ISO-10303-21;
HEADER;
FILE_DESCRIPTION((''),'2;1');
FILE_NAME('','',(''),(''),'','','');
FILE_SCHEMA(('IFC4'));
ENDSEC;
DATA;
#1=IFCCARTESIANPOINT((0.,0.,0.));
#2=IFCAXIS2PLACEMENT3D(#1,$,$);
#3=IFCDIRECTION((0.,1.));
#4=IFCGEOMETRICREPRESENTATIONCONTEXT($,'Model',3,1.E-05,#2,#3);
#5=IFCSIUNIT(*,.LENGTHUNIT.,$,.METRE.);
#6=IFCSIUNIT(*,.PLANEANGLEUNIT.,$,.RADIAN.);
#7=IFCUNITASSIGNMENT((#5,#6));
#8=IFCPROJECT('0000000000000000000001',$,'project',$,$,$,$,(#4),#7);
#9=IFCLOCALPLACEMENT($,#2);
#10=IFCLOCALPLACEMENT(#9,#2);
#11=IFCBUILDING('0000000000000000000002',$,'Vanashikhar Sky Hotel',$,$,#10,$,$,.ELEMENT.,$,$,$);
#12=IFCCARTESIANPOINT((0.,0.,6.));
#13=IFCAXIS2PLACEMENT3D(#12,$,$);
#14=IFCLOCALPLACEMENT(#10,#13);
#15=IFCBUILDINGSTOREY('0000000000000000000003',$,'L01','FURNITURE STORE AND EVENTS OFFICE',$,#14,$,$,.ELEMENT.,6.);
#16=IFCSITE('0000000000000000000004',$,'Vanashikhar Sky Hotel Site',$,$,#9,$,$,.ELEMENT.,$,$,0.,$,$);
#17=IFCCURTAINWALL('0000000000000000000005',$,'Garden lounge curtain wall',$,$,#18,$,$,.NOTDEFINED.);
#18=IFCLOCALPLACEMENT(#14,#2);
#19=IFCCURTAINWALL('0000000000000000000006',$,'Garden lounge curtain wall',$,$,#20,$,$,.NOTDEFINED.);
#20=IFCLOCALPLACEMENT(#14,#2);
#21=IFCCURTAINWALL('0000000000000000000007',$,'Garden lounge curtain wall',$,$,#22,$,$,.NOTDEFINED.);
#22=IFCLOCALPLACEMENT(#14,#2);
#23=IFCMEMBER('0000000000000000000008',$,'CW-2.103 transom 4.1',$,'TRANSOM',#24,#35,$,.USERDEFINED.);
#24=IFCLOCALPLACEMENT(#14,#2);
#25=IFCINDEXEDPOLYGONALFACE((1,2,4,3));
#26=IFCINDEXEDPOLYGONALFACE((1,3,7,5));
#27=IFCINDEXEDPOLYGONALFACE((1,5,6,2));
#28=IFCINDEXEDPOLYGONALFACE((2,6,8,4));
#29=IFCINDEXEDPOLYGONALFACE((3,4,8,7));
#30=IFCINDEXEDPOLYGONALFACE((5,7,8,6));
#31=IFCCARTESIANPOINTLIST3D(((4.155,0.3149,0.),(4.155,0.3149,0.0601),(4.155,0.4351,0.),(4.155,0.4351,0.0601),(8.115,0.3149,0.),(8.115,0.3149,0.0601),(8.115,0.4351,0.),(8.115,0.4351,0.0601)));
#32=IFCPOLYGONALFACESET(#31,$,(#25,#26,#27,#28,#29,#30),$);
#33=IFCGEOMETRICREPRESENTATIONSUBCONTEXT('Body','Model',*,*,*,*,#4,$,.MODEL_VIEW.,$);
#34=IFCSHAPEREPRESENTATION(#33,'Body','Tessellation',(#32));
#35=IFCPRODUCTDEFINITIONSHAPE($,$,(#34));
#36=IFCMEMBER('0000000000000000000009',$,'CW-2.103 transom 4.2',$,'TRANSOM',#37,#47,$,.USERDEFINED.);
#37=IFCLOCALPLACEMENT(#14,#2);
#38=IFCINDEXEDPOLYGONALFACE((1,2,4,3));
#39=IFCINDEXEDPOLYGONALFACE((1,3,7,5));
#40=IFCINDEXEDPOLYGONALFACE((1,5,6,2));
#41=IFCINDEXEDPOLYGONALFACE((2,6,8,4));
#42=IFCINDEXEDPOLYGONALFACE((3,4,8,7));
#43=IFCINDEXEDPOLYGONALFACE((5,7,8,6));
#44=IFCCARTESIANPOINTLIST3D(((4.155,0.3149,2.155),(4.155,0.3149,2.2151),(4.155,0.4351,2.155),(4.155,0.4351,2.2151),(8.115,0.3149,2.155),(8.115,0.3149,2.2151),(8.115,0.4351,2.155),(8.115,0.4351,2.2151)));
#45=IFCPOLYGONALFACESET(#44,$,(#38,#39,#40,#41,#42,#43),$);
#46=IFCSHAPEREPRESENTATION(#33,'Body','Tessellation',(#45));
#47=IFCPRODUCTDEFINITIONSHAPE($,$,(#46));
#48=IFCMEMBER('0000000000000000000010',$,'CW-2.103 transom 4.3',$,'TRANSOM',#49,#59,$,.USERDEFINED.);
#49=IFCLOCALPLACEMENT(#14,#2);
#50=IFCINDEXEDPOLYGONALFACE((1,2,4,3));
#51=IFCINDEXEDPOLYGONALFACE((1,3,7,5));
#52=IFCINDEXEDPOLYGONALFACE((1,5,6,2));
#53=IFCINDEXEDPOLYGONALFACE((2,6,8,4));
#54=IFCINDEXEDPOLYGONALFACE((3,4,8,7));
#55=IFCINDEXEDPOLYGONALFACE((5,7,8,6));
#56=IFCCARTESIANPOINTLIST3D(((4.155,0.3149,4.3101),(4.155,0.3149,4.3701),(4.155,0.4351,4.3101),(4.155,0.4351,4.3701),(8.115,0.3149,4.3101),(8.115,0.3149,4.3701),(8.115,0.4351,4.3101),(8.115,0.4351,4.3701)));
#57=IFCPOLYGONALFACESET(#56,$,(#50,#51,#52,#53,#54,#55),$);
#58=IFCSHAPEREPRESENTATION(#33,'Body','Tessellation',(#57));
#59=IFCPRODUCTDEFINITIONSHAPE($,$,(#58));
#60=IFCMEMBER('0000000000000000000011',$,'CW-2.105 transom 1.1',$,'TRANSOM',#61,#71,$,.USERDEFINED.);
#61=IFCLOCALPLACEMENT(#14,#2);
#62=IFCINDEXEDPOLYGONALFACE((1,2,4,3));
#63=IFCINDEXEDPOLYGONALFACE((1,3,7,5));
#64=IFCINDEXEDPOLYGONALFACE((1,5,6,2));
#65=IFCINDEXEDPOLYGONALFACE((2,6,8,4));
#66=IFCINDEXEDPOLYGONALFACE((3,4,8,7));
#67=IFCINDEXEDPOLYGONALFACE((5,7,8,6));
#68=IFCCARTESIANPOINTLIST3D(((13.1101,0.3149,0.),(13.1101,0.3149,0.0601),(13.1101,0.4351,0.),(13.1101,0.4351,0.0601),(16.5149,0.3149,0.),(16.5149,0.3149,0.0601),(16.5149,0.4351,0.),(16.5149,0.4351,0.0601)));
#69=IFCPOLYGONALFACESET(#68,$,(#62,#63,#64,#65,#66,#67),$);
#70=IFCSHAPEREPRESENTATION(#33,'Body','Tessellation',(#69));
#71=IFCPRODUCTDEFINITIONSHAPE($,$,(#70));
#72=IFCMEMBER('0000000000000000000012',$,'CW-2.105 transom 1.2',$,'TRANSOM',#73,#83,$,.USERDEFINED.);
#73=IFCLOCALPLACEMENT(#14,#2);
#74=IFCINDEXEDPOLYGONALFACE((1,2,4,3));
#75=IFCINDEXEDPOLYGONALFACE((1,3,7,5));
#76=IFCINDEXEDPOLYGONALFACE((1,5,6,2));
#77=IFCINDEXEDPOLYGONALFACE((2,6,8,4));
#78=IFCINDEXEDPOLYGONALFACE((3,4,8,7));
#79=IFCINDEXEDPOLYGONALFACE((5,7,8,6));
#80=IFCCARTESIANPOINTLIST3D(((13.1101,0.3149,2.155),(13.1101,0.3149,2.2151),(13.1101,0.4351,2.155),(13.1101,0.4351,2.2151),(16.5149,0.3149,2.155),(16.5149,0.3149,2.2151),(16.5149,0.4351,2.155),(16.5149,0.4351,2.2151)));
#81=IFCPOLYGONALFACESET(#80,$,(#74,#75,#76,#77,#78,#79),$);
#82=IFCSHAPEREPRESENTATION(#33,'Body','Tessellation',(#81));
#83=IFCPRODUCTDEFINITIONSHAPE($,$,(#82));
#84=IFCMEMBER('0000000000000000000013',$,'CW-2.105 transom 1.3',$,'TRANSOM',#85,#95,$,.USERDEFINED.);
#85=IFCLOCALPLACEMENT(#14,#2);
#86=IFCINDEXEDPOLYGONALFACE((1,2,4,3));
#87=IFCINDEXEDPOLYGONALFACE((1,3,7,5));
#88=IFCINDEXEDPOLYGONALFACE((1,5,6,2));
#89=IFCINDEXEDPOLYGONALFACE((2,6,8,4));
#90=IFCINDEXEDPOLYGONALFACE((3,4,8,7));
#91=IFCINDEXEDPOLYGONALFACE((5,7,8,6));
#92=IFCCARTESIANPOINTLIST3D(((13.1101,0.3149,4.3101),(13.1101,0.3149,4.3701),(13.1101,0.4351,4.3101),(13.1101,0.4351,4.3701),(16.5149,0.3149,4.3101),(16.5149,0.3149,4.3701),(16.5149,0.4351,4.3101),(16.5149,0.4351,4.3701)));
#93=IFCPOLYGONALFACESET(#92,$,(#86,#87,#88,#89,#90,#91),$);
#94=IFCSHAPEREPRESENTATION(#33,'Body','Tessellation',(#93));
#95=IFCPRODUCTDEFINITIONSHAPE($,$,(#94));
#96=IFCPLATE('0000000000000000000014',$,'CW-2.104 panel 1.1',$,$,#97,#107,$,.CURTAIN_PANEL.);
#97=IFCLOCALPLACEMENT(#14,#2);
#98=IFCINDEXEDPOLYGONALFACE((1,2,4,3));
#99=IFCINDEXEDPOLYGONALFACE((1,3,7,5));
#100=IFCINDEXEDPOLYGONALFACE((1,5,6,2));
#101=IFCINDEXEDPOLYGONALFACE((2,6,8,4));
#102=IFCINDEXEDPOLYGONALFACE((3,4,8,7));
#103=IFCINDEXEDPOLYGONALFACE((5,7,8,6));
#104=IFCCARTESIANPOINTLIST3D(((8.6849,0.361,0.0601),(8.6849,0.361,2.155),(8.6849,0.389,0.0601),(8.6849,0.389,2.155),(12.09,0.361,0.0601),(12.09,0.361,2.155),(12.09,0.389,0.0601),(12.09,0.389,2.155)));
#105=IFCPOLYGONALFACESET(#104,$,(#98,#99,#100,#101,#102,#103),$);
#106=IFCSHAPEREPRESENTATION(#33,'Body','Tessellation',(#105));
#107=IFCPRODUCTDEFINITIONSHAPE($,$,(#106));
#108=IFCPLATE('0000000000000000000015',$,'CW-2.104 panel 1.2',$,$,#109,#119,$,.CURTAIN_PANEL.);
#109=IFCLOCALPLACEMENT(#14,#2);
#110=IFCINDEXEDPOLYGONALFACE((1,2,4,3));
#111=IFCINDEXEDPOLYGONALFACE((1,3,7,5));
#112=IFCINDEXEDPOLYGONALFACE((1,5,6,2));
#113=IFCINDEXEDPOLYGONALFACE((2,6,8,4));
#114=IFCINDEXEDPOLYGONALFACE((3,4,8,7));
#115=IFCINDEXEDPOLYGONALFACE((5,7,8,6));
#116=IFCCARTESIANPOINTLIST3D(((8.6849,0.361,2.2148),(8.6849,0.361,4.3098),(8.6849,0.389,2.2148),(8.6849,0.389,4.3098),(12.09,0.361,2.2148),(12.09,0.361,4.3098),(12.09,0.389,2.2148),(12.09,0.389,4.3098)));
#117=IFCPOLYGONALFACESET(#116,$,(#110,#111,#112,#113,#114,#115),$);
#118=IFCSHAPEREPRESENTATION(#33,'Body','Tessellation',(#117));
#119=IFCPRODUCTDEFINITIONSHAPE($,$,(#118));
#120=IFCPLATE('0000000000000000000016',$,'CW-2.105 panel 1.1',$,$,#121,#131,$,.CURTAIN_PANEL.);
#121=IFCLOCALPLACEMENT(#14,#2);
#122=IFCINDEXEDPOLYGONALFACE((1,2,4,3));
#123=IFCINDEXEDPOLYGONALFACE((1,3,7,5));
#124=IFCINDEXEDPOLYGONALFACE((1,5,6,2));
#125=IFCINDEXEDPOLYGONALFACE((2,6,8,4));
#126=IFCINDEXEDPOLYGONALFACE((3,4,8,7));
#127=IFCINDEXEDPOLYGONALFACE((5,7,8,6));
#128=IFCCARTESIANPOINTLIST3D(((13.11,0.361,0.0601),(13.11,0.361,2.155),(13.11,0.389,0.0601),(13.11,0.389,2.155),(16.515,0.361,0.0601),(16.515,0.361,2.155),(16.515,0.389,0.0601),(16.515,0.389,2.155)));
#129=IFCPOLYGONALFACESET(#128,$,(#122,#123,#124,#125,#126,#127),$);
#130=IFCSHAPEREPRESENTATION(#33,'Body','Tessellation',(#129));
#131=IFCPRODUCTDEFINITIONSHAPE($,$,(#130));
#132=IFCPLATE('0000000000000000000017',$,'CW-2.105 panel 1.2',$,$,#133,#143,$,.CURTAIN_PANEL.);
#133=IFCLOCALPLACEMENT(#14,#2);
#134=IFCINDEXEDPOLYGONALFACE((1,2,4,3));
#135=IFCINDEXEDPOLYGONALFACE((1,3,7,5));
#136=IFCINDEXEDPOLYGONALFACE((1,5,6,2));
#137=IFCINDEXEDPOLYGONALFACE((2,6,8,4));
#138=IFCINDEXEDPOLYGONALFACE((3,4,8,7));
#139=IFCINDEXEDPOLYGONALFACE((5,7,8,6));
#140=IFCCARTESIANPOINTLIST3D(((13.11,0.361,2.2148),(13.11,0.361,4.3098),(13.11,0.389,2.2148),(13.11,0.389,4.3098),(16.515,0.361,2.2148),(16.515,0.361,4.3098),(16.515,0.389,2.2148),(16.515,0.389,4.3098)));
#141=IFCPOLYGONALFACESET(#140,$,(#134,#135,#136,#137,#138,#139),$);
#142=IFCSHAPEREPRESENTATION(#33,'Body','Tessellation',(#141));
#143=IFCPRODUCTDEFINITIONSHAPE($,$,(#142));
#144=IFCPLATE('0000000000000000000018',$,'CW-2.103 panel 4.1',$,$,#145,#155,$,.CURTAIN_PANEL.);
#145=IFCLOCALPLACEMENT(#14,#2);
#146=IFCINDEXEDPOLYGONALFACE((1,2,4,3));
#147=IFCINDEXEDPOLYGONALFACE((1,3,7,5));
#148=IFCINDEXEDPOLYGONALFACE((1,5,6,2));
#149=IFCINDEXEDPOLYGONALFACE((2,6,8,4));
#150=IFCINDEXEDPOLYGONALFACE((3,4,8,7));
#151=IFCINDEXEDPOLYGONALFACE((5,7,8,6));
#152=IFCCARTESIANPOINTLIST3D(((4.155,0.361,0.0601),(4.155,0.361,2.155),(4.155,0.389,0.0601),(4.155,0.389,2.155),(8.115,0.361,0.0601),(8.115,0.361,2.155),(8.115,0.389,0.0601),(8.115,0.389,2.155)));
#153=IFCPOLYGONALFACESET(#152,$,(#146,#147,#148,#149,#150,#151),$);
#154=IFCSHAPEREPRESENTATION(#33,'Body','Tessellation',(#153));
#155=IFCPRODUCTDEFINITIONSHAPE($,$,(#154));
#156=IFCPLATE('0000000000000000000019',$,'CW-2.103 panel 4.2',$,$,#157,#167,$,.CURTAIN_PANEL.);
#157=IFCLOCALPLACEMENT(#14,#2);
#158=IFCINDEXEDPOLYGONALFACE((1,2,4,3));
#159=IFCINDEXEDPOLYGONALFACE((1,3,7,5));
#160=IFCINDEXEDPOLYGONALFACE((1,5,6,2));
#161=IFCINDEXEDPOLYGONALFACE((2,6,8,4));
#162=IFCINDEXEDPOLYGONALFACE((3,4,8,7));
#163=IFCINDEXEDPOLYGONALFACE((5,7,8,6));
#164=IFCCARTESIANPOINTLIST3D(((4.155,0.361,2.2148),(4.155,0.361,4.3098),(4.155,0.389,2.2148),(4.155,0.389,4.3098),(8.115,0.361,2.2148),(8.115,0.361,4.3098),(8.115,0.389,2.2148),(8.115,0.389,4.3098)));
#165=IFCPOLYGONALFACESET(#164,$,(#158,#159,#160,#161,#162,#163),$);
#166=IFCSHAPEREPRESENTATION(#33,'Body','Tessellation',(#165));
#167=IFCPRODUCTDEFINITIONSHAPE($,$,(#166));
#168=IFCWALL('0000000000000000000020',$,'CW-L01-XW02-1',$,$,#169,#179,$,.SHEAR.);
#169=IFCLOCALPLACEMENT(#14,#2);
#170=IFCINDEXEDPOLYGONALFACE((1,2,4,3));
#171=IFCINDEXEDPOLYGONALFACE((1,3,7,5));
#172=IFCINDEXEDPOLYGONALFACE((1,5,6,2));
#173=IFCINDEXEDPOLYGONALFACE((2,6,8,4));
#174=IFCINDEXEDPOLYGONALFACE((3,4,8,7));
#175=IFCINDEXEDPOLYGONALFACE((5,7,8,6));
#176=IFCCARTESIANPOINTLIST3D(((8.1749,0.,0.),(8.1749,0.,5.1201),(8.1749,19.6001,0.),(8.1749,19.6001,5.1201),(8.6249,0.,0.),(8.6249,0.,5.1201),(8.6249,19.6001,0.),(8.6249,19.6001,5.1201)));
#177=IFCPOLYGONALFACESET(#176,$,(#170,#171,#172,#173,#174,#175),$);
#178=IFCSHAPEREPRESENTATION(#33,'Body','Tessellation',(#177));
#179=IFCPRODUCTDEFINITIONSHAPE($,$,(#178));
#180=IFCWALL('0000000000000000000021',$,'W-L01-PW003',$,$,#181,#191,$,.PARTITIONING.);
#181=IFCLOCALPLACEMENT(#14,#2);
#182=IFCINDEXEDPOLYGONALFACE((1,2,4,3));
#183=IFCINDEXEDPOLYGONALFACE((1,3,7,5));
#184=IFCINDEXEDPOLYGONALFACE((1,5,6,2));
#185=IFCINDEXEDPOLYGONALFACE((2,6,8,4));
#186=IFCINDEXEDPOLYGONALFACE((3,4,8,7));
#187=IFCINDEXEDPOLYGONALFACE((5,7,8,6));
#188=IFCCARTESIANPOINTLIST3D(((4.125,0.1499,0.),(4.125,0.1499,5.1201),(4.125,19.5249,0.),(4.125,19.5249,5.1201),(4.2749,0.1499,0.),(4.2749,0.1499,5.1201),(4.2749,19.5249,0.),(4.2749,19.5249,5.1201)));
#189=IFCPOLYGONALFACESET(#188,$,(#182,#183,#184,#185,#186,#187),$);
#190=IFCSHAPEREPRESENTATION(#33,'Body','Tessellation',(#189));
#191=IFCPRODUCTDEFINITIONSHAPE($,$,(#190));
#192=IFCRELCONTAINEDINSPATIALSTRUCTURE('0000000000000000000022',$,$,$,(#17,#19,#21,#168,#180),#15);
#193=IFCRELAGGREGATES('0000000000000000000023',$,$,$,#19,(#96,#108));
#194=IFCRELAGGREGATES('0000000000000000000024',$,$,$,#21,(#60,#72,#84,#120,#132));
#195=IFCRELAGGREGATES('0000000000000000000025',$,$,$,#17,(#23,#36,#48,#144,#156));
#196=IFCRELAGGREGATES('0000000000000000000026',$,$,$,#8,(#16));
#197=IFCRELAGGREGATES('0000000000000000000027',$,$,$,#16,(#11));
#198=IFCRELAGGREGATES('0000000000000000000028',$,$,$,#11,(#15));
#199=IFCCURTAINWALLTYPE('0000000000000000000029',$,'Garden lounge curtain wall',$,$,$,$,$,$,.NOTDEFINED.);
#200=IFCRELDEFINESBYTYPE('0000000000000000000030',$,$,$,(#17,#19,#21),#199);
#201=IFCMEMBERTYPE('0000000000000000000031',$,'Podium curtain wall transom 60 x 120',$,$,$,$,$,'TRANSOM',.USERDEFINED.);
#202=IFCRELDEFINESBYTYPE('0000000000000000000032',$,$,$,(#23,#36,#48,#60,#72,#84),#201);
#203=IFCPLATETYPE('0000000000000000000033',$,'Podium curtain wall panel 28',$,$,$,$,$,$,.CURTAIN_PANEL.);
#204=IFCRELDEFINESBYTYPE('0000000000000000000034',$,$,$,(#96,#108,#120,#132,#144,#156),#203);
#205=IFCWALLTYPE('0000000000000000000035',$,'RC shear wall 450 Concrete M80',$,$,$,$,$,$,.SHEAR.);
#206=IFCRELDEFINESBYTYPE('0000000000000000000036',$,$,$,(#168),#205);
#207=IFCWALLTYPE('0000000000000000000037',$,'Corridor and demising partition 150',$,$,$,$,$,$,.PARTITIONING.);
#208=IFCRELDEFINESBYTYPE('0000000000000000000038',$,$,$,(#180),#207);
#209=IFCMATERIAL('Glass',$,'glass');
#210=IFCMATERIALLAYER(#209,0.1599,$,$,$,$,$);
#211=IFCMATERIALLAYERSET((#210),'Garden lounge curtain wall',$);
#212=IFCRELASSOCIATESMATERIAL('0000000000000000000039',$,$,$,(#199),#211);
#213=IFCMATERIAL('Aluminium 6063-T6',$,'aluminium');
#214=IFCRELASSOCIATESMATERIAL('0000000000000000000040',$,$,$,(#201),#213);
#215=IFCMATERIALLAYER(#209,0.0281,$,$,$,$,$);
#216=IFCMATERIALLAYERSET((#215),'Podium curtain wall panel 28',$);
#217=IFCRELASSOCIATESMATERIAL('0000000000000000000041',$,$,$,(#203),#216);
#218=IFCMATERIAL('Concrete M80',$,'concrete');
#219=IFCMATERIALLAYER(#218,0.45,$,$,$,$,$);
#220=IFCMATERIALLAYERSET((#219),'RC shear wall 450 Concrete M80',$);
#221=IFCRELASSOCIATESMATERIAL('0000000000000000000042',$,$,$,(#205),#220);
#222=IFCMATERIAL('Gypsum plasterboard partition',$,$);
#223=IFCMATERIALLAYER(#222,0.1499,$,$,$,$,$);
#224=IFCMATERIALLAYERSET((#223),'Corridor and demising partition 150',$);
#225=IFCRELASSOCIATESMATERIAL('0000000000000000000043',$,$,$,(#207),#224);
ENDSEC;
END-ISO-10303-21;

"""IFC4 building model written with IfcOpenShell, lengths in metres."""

from ifc_helpers import new_model, si_unit, direction, frame, frame_2d, origin, origin_2d, place, context, subcontext, project, spatial, rectangle, extrude, source, transform, mapped, material, layer, layer_set, material_profile, profile_set, type_object, element, aggregate, save


model = new_model("IFC4")

# Units and contexts
model_context = context("Model", 3, precision=1e-05, world=origin(), true_north=direction((0.0, 1.0)))
body_context = subcontext(model_context, "Body", "Model", "MODEL_VIEW")
ifc_project = project(units=[si_unit("LENGTHUNIT", "METRE"), si_unit("PLANEANGLEUNIT", "RADIAN")], contexts=[model_context])

# Site, building, storey
site_placement = place(None, origin())
site = spatial("IfcSite", under=ifc_project, at=site_placement, Name="Vanashikhar Sky Hotel Site", CompositionType="ELEMENT", RefElevation=0.0)
building_placement = place(site_placement, origin())
building = spatial("IfcBuilding", under=site, at=building_placement, Name="Vanashikhar Sky Hotel", CompositionType="ELEMENT")
storey_placement = place(building_placement, frame((0.0, 0.0, 6.0)))
storey = spatial("IfcBuildingStorey", under=building, at=storey_placement, Name="L01", Description="FURNITURE STORE AND EVENTS OFFICE", CompositionType="ELEMENT", Elevation=6.0)

# Curtain walls
ifc_material_1 = material(Name="Glass", Category="glass")
ifc_layer_1 = layer(ifc_material_1, 0.1599)
ifc_layer_set_1 = layer_set([ifc_layer_1], Name="Garden lounge curtain wall")
curtain_wall_type = type_object("IfcCurtainWallType", Name="Garden lounge curtain wall", PredefinedType="NOTDEFINED", material=ifc_layer_set_1)
curtain_wall_1_placement = place(storey_placement, origin())
curtain_wall_1 = element("IfcCurtainWall", 1, at=curtain_wall_1_placement, inside=storey, type_object=curtain_wall_type, Name="Garden lounge curtain wall", PredefinedType="NOTDEFINED")
ifc_material_2 = material(Name="Aluminium 6063-T6", Category="aluminium")
curtain_wall_2_placement = place(storey_placement, origin())
curtain_wall_2 = element("IfcCurtainWall", 2, at=curtain_wall_2_placement, inside=storey, type_object=curtain_wall_type, Name="Garden lounge curtain wall", PredefinedType="NOTDEFINED")

# Curtain wall
curtain_wall_3_placement = place(storey_placement, origin())
curtain_wall_3 = element("IfcCurtainWall", 3, at=curtain_wall_3_placement, inside=storey, type_object=curtain_wall_type, Name="Garden lounge curtain wall", PredefinedType="NOTDEFINED")

# Members
ifc_material_profile_1 = material_profile(ifc_material_2, rectangle(XDim=0.1201, YDim=0.0601, at=origin_2d()))
ifc_profile_set_1 = profile_set([ifc_material_profile_1], Name="Aluminium 6063-T6")
member_type_1 = type_object("IfcMemberType", Name="Podium curtain wall transom 60 x 120", ElementType="TRANSOM", PredefinedType="USERDEFINED", material=ifc_profile_set_1)
shared_shape_1 = source(origin(), body_context, "Body", "SweptSolid", [
    extrude(rectangle(XDim=0.1201, YDim=0.0601, at=origin_2d()), origin(), (0.0, 0.0, 1.0), 3.96),
])
member_1_placement = place(storey_placement, frame((4.155, 0.375, 0.03), z_axis=(1.0, 0.0, 0.0), x_axis=(0.0, 1.0, 0.0)))
member_1 = element("IfcMember", 4, at=member_1_placement, type_object=member_type_1, Name="CW-2.103 transom 4.1", ObjectType="TRANSOM", PredefinedType="USERDEFINED", context=body_context, shape_type="MappedRepresentation", body=[
    mapped(shared_shape_1, transform((0.0, 0.0, 0.0), scale=1.0)),
])
member_2_placement = place(storey_placement, frame((4.155, 0.375, 2.1851), z_axis=(1.0, 0.0, 0.0), x_axis=(0.0, 1.0, 0.0)))
member_2 = element("IfcMember", 5, at=member_2_placement, type_object=member_type_1, Name="CW-2.103 transom 4.2", ObjectType="TRANSOM", PredefinedType="USERDEFINED", context=body_context, shape_type="MappedRepresentation", body=[
    mapped(shared_shape_1, transform((0.0, 0.0, 0.0), scale=1.0)),
])
member_3_placement = place(storey_placement, frame((4.155, 0.375, 4.3401), z_axis=(1.0, 0.0, 0.0), x_axis=(0.0, 1.0, 0.0)))
member_3 = element("IfcMember", 6, at=member_3_placement, type_object=member_type_1, Name="CW-2.103 transom 4.3", ObjectType="TRANSOM", PredefinedType="USERDEFINED", context=body_context, shape_type="MappedRepresentation", body=[
    mapped(shared_shape_1, transform((0.0, 0.0, 0.0), scale=1.0)),
])
shared_shape_2 = source(origin(), body_context, "Body", "SweptSolid", [
    extrude(rectangle(XDim=0.1201, YDim=0.0601, at=origin_2d()), origin(), (0.0, 0.0, 1.0), 3.4048),
])
member_4_placement = place(storey_placement, frame((13.1101, 0.375, 0.03), z_axis=(1.0, 0.0, 0.0), x_axis=(0.0, 1.0, 0.0)))
member_4 = element("IfcMember", 7, at=member_4_placement, type_object=member_type_1, Name="CW-2.105 transom 1.1", ObjectType="TRANSOM", PredefinedType="USERDEFINED", context=body_context, shape_type="MappedRepresentation", body=[
    mapped(shared_shape_2, transform((0.0, 0.0, 0.0), scale=1.0)),
])
member_5_placement = place(storey_placement, frame((13.1101, 0.375, 2.1851), z_axis=(1.0, 0.0, 0.0), x_axis=(0.0, 1.0, 0.0)))
member_5 = element("IfcMember", 8, at=member_5_placement, type_object=member_type_1, Name="CW-2.105 transom 1.2", ObjectType="TRANSOM", PredefinedType="USERDEFINED", context=body_context, shape_type="MappedRepresentation", body=[
    mapped(shared_shape_2, transform((0.0, 0.0, 0.0), scale=1.0)),
])
member_6_placement = place(storey_placement, frame((13.1101, 0.375, 4.3401), z_axis=(1.0, 0.0, 0.0), x_axis=(0.0, 1.0, 0.0)))
member_6 = element("IfcMember", 9, at=member_6_placement, type_object=member_type_1, Name="CW-2.105 transom 1.3", ObjectType="TRANSOM", PredefinedType="USERDEFINED", context=body_context, shape_type="MappedRepresentation", body=[
    mapped(shared_shape_2, transform((0.0, 0.0, 0.0), scale=1.0)),
])

# Plates
ifc_layer_2 = layer(ifc_material_1, 0.0281)
ifc_layer_set_2 = layer_set([ifc_layer_2], Name="Podium curtain wall panel 28")
plate_type = type_object("IfcPlateType", Name="Podium curtain wall panel 28", PredefinedType="CURTAIN_PANEL", material=ifc_layer_set_2)
shared_shape_3 = source(origin(), body_context, "Body", "SweptSolid", [
    extrude(rectangle(XDim=3.405, YDim=0.0281, at=origin_2d()), origin(), (0.0, 0.0, 1.0), 2.095),
])
plate_1_placement = place(storey_placement, frame((10.3875, 0.375, 0.0601), z_axis=(0.0, 0.0, 1.0), x_axis=(1.0, 0.0, 0.0)))
plate_1 = element("IfcPlate", 10, at=plate_1_placement, type_object=plate_type, Name="CW-2.104 panel 1.1", PredefinedType="CURTAIN_PANEL", context=body_context, shape_type="MappedRepresentation", body=[
    mapped(shared_shape_3, transform((0.0, 0.0, 0.0), scale=1.0)),
])
plate_2_placement = place(storey_placement, frame((10.3875, 0.375, 2.2148), z_axis=(0.0, 0.0, 1.0), x_axis=(1.0, 0.0, 0.0)))
plate_2 = element("IfcPlate", 11, at=plate_2_placement, type_object=plate_type, Name="CW-2.104 panel 1.2", PredefinedType="CURTAIN_PANEL", context=body_context, shape_type="MappedRepresentation", body=[
    mapped(shared_shape_3, transform((0.0, 0.0, 0.0), scale=1.0)),
])
aggregate(curtain_wall_2, [plate_1, plate_2])
plate_3_placement = place(storey_placement, frame((14.8125, 0.375, 0.0601), z_axis=(0.0, 0.0, 1.0), x_axis=(1.0, 0.0, 0.0)))
plate_3 = element("IfcPlate", 12, at=plate_3_placement, type_object=plate_type, Name="CW-2.105 panel 1.1", PredefinedType="CURTAIN_PANEL", context=body_context, shape_type="MappedRepresentation", body=[
    mapped(shared_shape_3, transform((0.0, 0.0, 0.0), scale=1.0)),
])
plate_4_placement = place(storey_placement, frame((14.8125, 0.375, 2.2148), z_axis=(0.0, 0.0, 1.0), x_axis=(1.0, 0.0, 0.0)))
plate_4 = element("IfcPlate", 13, at=plate_4_placement, type_object=plate_type, Name="CW-2.105 panel 1.2", PredefinedType="CURTAIN_PANEL", context=body_context, shape_type="MappedRepresentation", body=[
    mapped(shared_shape_3, transform((0.0, 0.0, 0.0), scale=1.0)),
])
aggregate(curtain_wall_3, [member_4, member_5, member_6, plate_3, plate_4])
shared_shape_4 = source(origin(), body_context, "Body", "SweptSolid", [
    extrude(rectangle(XDim=3.96, YDim=0.0281, at=origin_2d()), origin(), (0.0, 0.0, 1.0), 2.095),
])
plate_5_placement = place(storey_placement, frame((6.135, 0.375, 0.0601), z_axis=(0.0, 0.0, 1.0), x_axis=(1.0, 0.0, 0.0)))
plate_5 = element("IfcPlate", 14, at=plate_5_placement, type_object=plate_type, Name="CW-2.103 panel 4.1", PredefinedType="CURTAIN_PANEL", context=body_context, shape_type="MappedRepresentation", body=[
    mapped(shared_shape_4, transform((0.0, 0.0, 0.0), scale=1.0)),
])
plate_6_placement = place(storey_placement, frame((6.135, 0.375, 2.2148), z_axis=(0.0, 0.0, 1.0), x_axis=(1.0, 0.0, 0.0)))
plate_6 = element("IfcPlate", 15, at=plate_6_placement, type_object=plate_type, Name="CW-2.103 panel 4.2", PredefinedType="CURTAIN_PANEL", context=body_context, shape_type="MappedRepresentation", body=[
    mapped(shared_shape_4, transform((0.0, 0.0, 0.0), scale=1.0)),
])
aggregate(curtain_wall_1, [member_1, member_2, member_3, plate_5, plate_6])

# Walls
ifc_material_3 = material(Name="Concrete M80", Category="concrete")
ifc_layer_3 = layer(ifc_material_3, 0.45)
ifc_layer_set_3 = layer_set([ifc_layer_3], Name="RC shear wall 450 Concrete M80")
wall_type_1 = type_object("IfcWallType", Name="RC shear wall 450 Concrete M80", PredefinedType="SHEAR", material=ifc_layer_set_3)
shared_shape_5 = source(origin(), body_context, "Body", "SweptSolid", [
    extrude(rectangle(XDim=19.6001, YDim=0.45, at=frame_2d((9.8, 0.0))), origin(), (0.0, 0.0, 1.0), 5.1201),
])
wall_1_placement = place(storey_placement, frame((8.3999, 0.0, 0.0), z_axis=(0.0, 0.0, 1.0), x_axis=(0.0, 1.0, 0.0)))
element("IfcWall", 16, at=wall_1_placement, inside=storey, type_object=wall_type_1, Name="CW-L01-XW02-1", PredefinedType="SHEAR", context=body_context, shape_type="MappedRepresentation", body=[
    mapped(shared_shape_5, transform((0.0, 0.0, 0.0), scale=1.0)),
])
ifc_material_4 = material(Name="Gypsum plasterboard partition")
ifc_layer_4 = layer(ifc_material_4, 0.1499)
ifc_layer_set_4 = layer_set([ifc_layer_4], Name="Corridor and demising partition 150")
wall_type_2 = type_object("IfcWallType", Name="Corridor and demising partition 150", PredefinedType="PARTITIONING", material=ifc_layer_set_4)
shared_shape_6 = source(origin(), body_context, "Body", "SweptSolid", [
    extrude(rectangle(XDim=19.375, YDim=0.1499, at=frame_2d((9.6875, 0.0))), origin(), (0.0, 0.0, 1.0), 5.1201),
])
wall_2_placement = place(storey_placement, frame((4.2, 0.1499, 0.0), z_axis=(0.0, 0.0, 1.0), x_axis=(0.0, 1.0, 0.0)))
element("IfcWall", 17, at=wall_2_placement, inside=storey, type_object=wall_type_2, Name="W-L01-PW003", PredefinedType="PARTITIONING", context=body_context, shape_type="MappedRepresentation", body=[
    mapped(shared_shape_6, transform((0.0, 0.0, 0.0), scale=1.0)),
])

save(model, "model.ifc")
